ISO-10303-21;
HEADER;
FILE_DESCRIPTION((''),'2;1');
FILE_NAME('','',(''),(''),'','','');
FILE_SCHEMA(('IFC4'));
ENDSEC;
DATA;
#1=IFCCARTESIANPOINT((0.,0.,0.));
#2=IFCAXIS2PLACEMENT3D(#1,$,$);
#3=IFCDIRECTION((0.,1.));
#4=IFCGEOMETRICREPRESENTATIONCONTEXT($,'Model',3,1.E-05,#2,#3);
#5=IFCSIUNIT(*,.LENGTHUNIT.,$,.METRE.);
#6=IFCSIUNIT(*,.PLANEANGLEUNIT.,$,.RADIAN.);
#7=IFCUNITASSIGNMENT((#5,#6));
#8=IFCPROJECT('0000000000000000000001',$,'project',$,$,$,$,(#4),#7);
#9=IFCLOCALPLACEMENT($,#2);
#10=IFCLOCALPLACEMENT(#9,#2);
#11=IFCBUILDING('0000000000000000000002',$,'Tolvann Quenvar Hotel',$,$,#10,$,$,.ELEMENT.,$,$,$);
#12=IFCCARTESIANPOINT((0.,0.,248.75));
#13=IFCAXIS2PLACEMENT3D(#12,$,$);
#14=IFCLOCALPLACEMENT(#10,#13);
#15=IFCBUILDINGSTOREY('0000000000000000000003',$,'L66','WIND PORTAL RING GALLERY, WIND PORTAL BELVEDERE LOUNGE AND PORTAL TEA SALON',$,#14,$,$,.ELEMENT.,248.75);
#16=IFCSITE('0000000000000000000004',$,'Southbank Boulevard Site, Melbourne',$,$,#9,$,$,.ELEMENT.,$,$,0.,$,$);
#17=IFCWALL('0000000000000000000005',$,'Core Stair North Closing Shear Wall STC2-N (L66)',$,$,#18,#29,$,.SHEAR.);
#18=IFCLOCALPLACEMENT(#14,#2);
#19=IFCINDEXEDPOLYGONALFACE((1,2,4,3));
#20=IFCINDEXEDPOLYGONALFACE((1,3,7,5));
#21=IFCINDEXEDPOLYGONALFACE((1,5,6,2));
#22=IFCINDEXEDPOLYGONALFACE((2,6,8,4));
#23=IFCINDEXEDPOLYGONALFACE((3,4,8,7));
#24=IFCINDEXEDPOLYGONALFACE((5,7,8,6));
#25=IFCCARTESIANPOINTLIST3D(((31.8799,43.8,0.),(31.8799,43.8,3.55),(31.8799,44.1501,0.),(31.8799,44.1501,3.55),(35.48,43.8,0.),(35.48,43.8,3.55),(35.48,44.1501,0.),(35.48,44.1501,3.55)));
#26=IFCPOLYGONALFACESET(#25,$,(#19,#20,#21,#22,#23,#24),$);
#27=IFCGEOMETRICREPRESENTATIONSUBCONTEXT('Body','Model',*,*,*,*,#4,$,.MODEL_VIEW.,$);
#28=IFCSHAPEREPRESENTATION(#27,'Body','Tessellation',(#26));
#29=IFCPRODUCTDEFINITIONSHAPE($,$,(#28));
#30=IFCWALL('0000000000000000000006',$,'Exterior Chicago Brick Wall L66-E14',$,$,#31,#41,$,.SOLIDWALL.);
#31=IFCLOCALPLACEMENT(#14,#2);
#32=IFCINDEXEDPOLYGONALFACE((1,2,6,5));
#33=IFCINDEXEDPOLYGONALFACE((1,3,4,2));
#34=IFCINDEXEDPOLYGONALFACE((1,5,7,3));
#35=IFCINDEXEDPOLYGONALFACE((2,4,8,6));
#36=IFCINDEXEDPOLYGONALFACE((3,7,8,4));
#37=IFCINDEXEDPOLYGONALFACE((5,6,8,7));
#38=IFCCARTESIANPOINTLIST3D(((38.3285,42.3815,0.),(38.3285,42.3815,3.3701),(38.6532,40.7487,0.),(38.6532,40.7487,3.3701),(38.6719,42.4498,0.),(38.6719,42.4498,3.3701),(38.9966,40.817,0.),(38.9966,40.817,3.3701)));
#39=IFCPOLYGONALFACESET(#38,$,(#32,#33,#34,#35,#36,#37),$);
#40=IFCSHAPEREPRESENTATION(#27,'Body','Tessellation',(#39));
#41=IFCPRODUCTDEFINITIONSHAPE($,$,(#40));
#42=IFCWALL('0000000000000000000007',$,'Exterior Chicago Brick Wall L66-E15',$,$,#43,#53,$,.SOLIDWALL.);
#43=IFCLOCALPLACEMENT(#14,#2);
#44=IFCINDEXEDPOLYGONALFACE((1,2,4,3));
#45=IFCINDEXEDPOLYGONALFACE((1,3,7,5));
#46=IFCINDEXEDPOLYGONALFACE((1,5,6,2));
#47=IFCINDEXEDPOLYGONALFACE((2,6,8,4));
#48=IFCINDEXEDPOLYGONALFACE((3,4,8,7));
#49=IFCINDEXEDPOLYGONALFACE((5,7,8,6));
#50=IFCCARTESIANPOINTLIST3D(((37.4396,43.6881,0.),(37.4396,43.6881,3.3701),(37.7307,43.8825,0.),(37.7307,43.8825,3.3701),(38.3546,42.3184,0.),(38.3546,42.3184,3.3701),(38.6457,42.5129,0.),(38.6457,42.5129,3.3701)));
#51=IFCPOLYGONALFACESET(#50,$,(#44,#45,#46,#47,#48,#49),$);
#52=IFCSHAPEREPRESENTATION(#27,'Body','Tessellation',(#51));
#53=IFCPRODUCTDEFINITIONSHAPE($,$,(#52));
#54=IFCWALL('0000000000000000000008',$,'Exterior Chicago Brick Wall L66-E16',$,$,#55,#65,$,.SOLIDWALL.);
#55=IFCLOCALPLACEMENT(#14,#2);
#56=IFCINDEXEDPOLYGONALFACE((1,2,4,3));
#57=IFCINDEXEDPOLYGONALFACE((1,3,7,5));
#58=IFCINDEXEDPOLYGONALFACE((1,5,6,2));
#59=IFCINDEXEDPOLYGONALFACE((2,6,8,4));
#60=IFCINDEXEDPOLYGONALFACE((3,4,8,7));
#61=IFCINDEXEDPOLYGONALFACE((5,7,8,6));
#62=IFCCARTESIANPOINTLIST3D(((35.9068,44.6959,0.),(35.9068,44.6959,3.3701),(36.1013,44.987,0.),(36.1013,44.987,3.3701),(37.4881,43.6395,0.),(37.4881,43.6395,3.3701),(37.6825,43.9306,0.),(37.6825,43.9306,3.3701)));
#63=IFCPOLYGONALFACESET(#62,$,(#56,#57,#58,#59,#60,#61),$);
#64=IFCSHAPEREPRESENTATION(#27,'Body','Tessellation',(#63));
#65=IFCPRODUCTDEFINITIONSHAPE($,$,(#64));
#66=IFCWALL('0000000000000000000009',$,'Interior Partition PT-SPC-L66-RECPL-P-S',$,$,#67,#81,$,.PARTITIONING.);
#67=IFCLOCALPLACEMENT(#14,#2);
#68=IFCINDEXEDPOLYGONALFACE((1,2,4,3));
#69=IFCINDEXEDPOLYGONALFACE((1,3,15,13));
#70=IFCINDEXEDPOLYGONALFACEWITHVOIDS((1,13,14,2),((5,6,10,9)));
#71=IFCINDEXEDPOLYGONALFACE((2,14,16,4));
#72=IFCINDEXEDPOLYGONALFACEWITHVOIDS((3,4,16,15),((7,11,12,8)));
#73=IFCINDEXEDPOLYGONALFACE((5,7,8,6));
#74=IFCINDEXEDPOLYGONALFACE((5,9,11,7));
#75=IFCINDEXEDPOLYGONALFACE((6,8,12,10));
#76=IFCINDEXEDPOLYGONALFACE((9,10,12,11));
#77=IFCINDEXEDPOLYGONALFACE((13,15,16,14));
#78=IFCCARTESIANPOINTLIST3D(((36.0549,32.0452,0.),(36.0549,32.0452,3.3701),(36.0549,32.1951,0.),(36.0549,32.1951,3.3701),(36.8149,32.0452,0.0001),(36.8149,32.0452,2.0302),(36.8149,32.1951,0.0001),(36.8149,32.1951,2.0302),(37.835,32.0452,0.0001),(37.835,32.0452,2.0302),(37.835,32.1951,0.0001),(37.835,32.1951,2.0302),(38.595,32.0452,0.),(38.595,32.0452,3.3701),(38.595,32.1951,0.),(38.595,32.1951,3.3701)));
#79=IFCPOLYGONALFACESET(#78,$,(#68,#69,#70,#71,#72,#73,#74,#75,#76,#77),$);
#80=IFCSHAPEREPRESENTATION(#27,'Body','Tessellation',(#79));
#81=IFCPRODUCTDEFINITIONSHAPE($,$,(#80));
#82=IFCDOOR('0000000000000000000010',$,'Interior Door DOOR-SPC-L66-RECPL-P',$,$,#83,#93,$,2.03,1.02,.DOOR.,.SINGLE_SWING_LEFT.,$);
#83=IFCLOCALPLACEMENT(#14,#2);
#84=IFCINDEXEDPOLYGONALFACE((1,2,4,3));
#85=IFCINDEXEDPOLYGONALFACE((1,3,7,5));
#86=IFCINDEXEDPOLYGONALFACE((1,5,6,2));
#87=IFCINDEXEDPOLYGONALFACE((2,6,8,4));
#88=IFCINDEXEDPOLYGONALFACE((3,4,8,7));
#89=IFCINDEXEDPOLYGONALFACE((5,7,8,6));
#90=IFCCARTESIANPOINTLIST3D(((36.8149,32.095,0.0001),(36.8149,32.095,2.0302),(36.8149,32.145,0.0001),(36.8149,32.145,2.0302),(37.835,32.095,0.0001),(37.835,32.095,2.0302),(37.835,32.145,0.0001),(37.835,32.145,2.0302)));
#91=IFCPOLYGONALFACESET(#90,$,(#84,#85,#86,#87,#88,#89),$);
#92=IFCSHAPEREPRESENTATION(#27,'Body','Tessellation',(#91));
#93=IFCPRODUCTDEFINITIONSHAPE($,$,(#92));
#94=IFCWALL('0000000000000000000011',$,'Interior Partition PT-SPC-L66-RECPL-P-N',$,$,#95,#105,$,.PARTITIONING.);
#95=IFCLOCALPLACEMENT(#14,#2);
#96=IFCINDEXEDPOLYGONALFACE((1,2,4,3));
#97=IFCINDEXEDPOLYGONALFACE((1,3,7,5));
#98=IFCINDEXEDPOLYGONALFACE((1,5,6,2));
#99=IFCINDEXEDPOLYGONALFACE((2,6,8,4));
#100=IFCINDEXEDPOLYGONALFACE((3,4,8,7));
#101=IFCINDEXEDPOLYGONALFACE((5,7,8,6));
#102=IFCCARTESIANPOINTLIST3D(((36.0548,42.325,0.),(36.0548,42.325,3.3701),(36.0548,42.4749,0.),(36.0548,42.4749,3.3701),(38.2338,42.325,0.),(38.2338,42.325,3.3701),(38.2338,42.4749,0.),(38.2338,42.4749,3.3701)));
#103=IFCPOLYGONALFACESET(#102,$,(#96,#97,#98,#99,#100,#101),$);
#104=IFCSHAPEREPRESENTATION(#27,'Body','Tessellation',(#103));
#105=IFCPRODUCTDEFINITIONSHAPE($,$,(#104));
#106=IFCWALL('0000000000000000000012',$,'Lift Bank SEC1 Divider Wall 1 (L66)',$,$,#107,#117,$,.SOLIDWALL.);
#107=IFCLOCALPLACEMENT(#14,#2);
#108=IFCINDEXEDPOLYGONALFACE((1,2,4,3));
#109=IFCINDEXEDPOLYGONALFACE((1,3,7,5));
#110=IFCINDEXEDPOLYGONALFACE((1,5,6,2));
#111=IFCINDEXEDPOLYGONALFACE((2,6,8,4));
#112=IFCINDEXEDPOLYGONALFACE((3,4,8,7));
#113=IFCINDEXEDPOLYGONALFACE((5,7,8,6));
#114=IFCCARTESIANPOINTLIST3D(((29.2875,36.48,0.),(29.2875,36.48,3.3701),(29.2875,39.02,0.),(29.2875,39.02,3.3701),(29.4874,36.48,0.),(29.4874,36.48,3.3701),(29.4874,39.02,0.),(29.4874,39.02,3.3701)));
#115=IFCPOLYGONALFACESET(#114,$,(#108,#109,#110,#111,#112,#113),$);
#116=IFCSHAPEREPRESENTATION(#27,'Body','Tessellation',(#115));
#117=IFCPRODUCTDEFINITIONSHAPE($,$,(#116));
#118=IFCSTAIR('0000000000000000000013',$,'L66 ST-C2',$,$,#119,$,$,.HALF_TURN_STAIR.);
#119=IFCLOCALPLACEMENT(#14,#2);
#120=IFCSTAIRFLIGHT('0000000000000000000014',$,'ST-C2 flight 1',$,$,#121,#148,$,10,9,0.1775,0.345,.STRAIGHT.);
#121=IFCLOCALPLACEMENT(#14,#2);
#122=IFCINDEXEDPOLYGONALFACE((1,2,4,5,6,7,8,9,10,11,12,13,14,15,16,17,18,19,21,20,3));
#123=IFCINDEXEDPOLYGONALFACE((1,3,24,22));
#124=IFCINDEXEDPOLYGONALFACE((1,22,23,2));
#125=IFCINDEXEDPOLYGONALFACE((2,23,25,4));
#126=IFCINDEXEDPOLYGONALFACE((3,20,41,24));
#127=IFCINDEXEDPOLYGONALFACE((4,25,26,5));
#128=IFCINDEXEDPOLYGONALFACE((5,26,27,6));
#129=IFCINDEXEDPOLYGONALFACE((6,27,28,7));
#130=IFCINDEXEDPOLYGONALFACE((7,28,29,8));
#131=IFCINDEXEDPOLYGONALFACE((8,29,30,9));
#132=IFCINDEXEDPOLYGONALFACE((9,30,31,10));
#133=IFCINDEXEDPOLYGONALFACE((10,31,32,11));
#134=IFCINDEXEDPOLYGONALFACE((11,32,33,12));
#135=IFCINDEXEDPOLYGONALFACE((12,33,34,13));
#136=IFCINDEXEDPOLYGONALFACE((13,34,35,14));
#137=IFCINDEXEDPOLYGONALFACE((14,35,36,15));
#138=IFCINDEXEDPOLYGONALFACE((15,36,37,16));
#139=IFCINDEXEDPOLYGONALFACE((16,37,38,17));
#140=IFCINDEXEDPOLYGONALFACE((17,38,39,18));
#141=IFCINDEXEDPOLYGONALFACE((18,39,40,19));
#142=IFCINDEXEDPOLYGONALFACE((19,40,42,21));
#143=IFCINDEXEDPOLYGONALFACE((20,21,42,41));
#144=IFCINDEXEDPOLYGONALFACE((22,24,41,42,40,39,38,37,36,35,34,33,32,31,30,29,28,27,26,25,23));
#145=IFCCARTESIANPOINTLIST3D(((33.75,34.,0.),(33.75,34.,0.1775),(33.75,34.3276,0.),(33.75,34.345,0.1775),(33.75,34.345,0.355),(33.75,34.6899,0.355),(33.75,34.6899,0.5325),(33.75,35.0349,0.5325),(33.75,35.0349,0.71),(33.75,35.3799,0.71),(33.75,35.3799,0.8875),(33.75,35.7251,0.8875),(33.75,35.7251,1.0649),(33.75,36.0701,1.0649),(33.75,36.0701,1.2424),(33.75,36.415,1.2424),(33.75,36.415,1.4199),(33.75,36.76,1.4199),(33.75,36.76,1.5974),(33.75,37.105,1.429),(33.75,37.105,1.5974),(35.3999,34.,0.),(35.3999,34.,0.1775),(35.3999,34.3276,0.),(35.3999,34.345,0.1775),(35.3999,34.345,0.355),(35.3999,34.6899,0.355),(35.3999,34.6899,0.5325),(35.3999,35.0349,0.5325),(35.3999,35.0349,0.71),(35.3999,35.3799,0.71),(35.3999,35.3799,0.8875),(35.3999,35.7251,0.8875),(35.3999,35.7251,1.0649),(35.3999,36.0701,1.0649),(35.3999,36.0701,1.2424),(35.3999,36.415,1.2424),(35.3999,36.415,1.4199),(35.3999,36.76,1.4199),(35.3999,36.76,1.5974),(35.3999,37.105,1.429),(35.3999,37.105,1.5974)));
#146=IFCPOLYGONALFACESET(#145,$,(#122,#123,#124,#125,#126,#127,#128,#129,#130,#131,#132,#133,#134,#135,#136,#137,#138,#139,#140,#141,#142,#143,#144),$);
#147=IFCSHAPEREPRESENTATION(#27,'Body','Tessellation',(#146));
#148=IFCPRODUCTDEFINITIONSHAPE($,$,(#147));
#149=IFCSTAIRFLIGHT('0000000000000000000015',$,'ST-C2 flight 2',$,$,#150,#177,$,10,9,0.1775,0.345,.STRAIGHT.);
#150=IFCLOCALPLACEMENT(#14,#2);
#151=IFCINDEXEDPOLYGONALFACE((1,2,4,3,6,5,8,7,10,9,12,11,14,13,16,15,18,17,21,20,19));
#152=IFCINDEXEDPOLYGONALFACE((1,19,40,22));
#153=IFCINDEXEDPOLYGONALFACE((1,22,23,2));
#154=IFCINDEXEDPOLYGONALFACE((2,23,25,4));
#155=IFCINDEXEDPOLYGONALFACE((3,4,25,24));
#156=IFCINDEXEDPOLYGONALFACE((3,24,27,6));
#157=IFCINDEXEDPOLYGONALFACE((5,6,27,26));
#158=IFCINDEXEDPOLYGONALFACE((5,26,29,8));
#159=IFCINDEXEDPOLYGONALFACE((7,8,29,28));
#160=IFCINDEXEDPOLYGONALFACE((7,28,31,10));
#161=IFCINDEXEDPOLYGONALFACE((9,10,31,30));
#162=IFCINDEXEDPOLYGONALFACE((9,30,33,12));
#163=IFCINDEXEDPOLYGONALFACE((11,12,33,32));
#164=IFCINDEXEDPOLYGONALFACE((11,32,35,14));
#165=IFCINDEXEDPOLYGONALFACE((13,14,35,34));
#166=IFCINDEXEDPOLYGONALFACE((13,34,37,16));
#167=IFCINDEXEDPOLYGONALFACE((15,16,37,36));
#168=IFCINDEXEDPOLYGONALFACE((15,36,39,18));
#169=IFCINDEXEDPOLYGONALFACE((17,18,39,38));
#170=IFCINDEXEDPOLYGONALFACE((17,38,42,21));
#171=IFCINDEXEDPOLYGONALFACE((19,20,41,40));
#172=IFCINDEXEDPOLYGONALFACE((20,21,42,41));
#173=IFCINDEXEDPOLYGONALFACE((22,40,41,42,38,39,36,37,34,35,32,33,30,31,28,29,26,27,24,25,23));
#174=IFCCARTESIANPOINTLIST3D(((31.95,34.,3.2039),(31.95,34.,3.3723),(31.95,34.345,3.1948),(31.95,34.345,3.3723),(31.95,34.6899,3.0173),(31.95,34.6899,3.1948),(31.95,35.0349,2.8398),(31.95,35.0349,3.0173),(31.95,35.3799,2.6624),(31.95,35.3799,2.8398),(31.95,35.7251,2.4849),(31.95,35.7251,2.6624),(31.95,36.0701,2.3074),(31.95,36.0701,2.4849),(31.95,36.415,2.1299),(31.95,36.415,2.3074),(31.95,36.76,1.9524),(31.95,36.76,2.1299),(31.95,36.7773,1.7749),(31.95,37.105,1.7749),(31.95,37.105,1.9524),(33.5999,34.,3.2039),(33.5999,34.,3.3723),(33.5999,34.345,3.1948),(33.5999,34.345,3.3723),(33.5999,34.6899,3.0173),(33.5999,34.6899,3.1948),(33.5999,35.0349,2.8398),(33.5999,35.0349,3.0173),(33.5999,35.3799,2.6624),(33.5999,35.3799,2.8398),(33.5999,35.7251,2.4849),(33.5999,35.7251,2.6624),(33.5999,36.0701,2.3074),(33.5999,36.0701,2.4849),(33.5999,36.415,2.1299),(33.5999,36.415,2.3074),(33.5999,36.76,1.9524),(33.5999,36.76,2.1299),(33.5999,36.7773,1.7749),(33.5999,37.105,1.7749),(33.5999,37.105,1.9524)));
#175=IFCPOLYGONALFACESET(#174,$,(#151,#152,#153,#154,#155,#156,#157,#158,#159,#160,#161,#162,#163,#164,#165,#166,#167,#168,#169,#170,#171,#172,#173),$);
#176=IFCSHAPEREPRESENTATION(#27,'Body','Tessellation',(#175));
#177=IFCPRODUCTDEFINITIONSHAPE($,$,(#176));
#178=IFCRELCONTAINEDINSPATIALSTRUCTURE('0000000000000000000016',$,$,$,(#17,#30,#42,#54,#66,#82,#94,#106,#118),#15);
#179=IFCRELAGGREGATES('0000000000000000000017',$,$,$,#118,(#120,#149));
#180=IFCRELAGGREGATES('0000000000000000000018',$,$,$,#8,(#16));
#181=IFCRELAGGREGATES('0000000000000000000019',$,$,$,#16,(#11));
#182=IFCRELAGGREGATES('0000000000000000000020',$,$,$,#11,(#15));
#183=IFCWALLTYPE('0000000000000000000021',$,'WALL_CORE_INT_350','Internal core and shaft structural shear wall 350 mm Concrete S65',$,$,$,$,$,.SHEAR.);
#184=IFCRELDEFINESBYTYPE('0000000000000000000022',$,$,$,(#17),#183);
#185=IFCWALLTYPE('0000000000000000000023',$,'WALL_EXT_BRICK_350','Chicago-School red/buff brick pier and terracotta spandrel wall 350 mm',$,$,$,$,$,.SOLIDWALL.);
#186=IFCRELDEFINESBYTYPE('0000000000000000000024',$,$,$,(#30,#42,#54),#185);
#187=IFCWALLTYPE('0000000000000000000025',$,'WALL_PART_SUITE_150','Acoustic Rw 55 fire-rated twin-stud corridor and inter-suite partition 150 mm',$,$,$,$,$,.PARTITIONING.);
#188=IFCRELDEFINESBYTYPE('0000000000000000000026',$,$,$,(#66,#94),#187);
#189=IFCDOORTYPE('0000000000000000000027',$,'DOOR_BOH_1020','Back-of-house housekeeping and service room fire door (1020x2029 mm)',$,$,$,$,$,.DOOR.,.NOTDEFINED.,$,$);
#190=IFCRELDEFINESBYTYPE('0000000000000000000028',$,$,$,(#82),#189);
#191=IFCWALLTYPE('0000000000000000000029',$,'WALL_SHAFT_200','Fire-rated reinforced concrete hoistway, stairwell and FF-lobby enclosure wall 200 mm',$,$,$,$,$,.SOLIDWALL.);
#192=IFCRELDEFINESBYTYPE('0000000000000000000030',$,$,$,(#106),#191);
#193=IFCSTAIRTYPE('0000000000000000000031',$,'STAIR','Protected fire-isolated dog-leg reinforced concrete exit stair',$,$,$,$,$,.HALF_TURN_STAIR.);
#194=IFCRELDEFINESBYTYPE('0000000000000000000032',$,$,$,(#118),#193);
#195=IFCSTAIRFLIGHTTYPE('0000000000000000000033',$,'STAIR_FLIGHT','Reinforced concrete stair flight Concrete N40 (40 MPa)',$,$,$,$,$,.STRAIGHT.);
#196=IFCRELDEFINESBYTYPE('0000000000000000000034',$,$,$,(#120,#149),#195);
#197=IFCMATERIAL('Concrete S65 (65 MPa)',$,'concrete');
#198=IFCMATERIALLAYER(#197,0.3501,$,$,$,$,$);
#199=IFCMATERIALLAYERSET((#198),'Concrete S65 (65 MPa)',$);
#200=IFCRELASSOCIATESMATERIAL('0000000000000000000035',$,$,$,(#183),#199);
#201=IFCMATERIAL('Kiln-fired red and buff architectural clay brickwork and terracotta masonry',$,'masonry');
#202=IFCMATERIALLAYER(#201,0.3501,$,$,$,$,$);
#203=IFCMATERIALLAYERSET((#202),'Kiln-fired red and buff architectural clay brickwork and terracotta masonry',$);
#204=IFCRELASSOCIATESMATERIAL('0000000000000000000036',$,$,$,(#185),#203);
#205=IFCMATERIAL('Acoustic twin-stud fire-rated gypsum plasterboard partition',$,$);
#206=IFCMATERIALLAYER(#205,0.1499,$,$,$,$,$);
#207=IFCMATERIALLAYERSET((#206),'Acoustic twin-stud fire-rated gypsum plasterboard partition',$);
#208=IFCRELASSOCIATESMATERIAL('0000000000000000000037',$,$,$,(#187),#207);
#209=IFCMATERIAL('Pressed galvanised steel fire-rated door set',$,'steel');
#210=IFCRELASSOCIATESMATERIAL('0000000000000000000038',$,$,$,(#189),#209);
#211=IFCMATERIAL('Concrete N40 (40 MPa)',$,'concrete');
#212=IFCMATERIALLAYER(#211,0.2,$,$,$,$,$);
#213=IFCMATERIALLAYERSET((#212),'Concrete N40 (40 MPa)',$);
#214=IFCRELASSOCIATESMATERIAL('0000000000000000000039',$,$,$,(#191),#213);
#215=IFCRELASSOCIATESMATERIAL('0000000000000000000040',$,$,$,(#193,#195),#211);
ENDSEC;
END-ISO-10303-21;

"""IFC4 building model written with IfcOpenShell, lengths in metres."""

from ifc_helpers import new_model, si_unit, direction, frame, frame_2d, origin, place, context, subcontext, project, spatial, polyline, rectangle, outline, extrude, source, transform, mapped, material, layer, layer_set, type_object, type_shapes, element, fill, aggregate, save


model = new_model("IFC4")

# Units and contexts
model_context = context("Model", 3, precision=1e-05, world=origin(), true_north=direction((0.0, 1.0)))
body_context = subcontext(model_context, "Body", "Model", "MODEL_VIEW")
ifc_project = project(units=[si_unit("LENGTHUNIT", "METRE"), si_unit("PLANEANGLEUNIT", "RADIAN")], contexts=[model_context])

# Site, building, storey
site_placement = place(None, origin())
site = spatial("IfcSite", under=ifc_project, at=site_placement, Name="Southbank Boulevard Site, Melbourne", CompositionType="ELEMENT", RefElevation=0.0)
building_placement = place(site_placement, origin())
building = spatial("IfcBuilding", under=site, at=building_placement, Name="Tolvann Quenvar Hotel", CompositionType="ELEMENT")
storey_placement = place(building_placement, frame((0.0, 0.0, 248.75)))
storey = spatial("IfcBuildingStorey", under=building, at=storey_placement, Name="L66", Description="WIND PORTAL RING GALLERY, WIND PORTAL BELVEDERE LOUNGE AND PORTAL TEA SALON", CompositionType="ELEMENT", Elevation=248.75)

# Shared definitions
ifc_material_1 = material(Name="Concrete S65 (65 MPa)", Category="concrete")
ifc_layer_1 = layer(ifc_material_1, 0.3501)
ifc_layer_set_1 = layer_set([ifc_layer_1], Name="Concrete S65 (65 MPa)")
wall_type_1 = type_object("IfcWallType", Name="WALL_CORE_INT_350", Description="Internal core and shaft structural shear wall 350 mm Concrete S65", PredefinedType="SHEAR", material=ifc_layer_set_1)
ifc_material_2 = material(Name="Pressed galvanised steel fire-rated door set", Category="steel")

# Walls
wall_1_placement = place(storey_placement, frame((31.8799, 43.9751, 0.0), z_axis=(0.0, 0.0, 1.0), x_axis=(1.0, 0.0, 0.0)))
element("IfcWall", 1, at=wall_1_placement, inside=storey, type_object=wall_type_1, Name="Core Stair North Closing Shear Wall STC2-N (L66)", PredefinedType="SHEAR", context=body_context, shape_type="SweptSolid", body=[
    extrude(rectangle(XDim=3.6001, YDim=0.3501, at=frame_2d((1.8, 0.0))), origin(), (0.0, 0.0, 1.0), 3.55),
])
ifc_material_3 = material(Name="Kiln-fired red and buff architectural clay brickwork and terracotta masonry", Category="masonry")
ifc_layer_2 = layer(ifc_material_3, 0.3501)
ifc_layer_set_2 = layer_set([ifc_layer_2], Name="Kiln-fired red and buff architectural clay brickwork and terracotta masonry")
wall_type_2 = type_object("IfcWallType", Name="WALL_EXT_BRICK_350", Description="Chicago-School red/buff brick pier and terracotta spandrel wall 350 mm", PredefinedType="SOLIDWALL", material=ifc_layer_set_2)
wall_2_placement = place(storey_placement, frame((38.825, 40.7827, 0.0), z_axis=(0.0, 0.0, 1.0), x_axis=(-0.195044, 0.980794, 0.0)))
element("IfcWall", 2, at=wall_2_placement, inside=storey, type_object=wall_type_2, Name="Exterior Chicago Brick Wall L66-E14", PredefinedType="SOLIDWALL", context=body_context, shape_type="SweptSolid", body=[
    extrude(rectangle(XDim=1.6648, YDim=0.3501, at=frame_2d((0.8325, 0.0))), origin(), (0.0, 0.0, 1.0), 3.3701),
])
wall_3_placement = place(storey_placement, frame((38.5002, 42.4155, 0.0), z_axis=(0.0, 0.0, 1.0), x_axis=(-0.555521, 0.831503, 0.0)))
element("IfcWall", 3, at=wall_3_placement, inside=storey, type_object=wall_type_2, Name="Exterior Chicago Brick Wall L66-E15", PredefinedType="SOLIDWALL", context=body_context, shape_type="SweptSolid", body=[
    extrude(rectangle(XDim=1.6472, YDim=0.3501, at=frame_2d((0.8237, 0.0))), origin(), (0.0, 0.0, 1.0), 3.3701),
])
wall_4_placement = place(storey_placement, frame((37.5852, 43.7852, 0.0), z_axis=(0.0, 0.0, 1.0), x_axis=(-0.831517, 0.5555, 0.0)))
element("IfcWall", 4, at=wall_4_placement, inside=storey, type_object=wall_type_2, Name="Exterior Chicago Brick Wall L66-E16", PredefinedType="SOLIDWALL", context=body_context, shape_type="SweptSolid", body=[
    extrude(rectangle(XDim=1.9016, YDim=0.3501, at=frame_2d((0.9507, 0.0))), origin(), (0.0, 0.0, 1.0), 3.3701),
])

# Wall, opening, door
ifc_material_4 = material(Name="Acoustic twin-stud fire-rated gypsum plasterboard partition")
ifc_layer_3 = layer(ifc_material_4, 0.1499)
ifc_layer_set_3 = layer_set([ifc_layer_3], Name="Acoustic twin-stud fire-rated gypsum plasterboard partition")
wall_type_3 = type_object("IfcWallType", Name="WALL_PART_SUITE_150", Description="Acoustic Rw 55 fire-rated twin-stud corridor and inter-suite partition 150 mm", PredefinedType="PARTITIONING", material=ifc_layer_set_3)
wall_5_placement = place(storey_placement, frame((36.0549, 32.1201, 0.0), z_axis=(0.0, 0.0, 1.0), x_axis=(1.0, 0.0, 0.0)))
wall_5 = element("IfcWall", 5, at=wall_5_placement, inside=storey, type_object=wall_type_3, Name="Interior Partition PT-SPC-L66-RECPL-P-S", PredefinedType="PARTITIONING", context=body_context, shape_type="SweptSolid", body=[
    extrude(rectangle(XDim=2.54, YDim=0.1499, at=frame_2d((1.27, 0.0))), origin(), (0.0, 0.0, 1.0), 3.3701),
])
opening_1_placement = place(wall_5_placement, frame((0.76, 0.0, 0.0)))
opening_1 = element("IfcOpeningElement", 6, at=opening_1_placement, cuts=wall_5, PredefinedType="OPENING", context=body_context, shape_type="SweptSolid", body=[
    extrude(rectangle(XDim=1.02, YDim=2.03, at=frame_2d((0.51, 1.0151))), frame((0.0, 0.085, 0.0), z_axis=(0.0, -1.0, 0.0), x_axis=(1.0, 0.0, 0.0)), (0.0, 0.0, 1.0), 0.1699),
])
door_type_1 = type_object("IfcDoorType", Name="DOOR_BOH_1020", Description="Back-of-house housekeeping and service room fire door (1020x2029 mm)", OperationType="NOTDEFINED", PredefinedType="DOOR", material=ifc_material_2)
shared_shape_1 = source(origin(), body_context, "Body", "SweptSolid", [
    extrude(rectangle(XDim=1.02, YDim=2.03, at=frame_2d((0.51, 1.0151))), frame((0.0, 0.0249, 0.0), z_axis=(0.0, -1.0, 0.0), x_axis=(1.0, 0.0, 0.0)), (0.0, 0.0, 1.0), 0.05),
])
type_shapes(door_type_1, [shared_shape_1])
door_1_placement = place(opening_1_placement, origin())
door_1 = element("IfcDoor", 7, at=door_1_placement, inside=storey, type_object=door_type_1, Name="Interior Door DOOR-SPC-L66-RECPL-P", OperationType="SINGLE_SWING_LEFT", OverallHeight=2.03, OverallWidth=1.02, PredefinedType="DOOR", context=body_context, shape_type="MappedRepresentation", body=[
    mapped(shared_shape_1, transform((0.0, 0.0, 0.0), x_axis=(1.0, 0.0, 0.0), y_axis=(0.0, 1.0, 0.0), z_axis=(0.0, 0.0, 1.0), scale=1.0)),
])
fill(opening_1, door_1)

# Walls
wall_6_placement = place(storey_placement, frame((36.0549, 42.3999, 0.0), z_axis=(0.0, 0.0, 1.0), x_axis=(1.0, 0.0, 0.0)))
element("IfcWall", 8, at=wall_6_placement, inside=storey, type_object=wall_type_3, Name="Interior Partition PT-SPC-L66-RECPL-P-N", PredefinedType="PARTITIONING", context=body_context, shape_type="SweptSolid", body=[
    extrude(rectangle(XDim=2.179, YDim=0.1499, at=frame_2d((1.0894, 0.0))), origin(), (0.0, 0.0, 1.0), 3.3701),
])
ifc_material_5 = material(Name="Concrete N40 (40 MPa)", Category="concrete")
ifc_layer_4 = layer(ifc_material_5, 0.2)
ifc_layer_set_4 = layer_set([ifc_layer_4], Name="Concrete N40 (40 MPa)")
wall_type_4 = type_object("IfcWallType", Name="WALL_SHAFT_200", Description="Fire-rated reinforced concrete hoistway, stairwell and FF-lobby enclosure wall 200 mm", PredefinedType="SOLIDWALL", material=ifc_layer_set_4)
wall_7_placement = place(storey_placement, frame((29.3875, 36.48, 0.0), z_axis=(0.0, 0.0, 1.0), x_axis=(0.0, 1.0, 0.0)))
element("IfcWall", 9, at=wall_7_placement, inside=storey, type_object=wall_type_4, Name="Lift Bank SEC1 Divider Wall 1 (L66)", PredefinedType="SOLIDWALL", context=body_context, shape_type="SweptSolid", body=[
    extrude(rectangle(XDim=2.54, YDim=0.2, at=frame_2d((1.27, 0.0))), origin(), (0.0, 0.0, 1.0), 3.3701),
])

# Stair, stair flights
stair_type = type_object("IfcStairType", Name="STAIR", Description="Protected fire-isolated dog-leg reinforced concrete exit stair", PredefinedType="HALF_TURN_STAIR", material=ifc_material_5)
stair_placement = place(storey_placement, origin())
stair = element("IfcStair", 10, at=stair_placement, inside=storey, type_object=stair_type, Name="L66 ST-C2", PredefinedType="HALF_TURN_STAIR")
stair_flight_type = type_object("IfcStairFlightType", Name="STAIR_FLIGHT", Description="Reinforced concrete stair flight Concrete N40 (40 MPa)", PredefinedType="STRAIGHT", material=ifc_material_5)
stair_flight_1_placement = place(storey_placement, frame((34.575, 34.0, 0.0), z_axis=(0.0, 0.0, 1.0), x_axis=(0.0, 1.0, 0.0)))
stair_flight_1 = element("IfcStairFlight", 11, at=stair_flight_1_placement, type_object=stair_flight_type, Name="ST-C2 flight 1", NumberOfRisers=10, NumberOfTreads=9, PredefinedType="STRAIGHT", RiserHeight=0.1775, TreadLength=0.345, context=body_context, shape_type="SweptSolid", body=[
    extrude(outline(polyline([(0.0, 0.0), (0.0, 0.1775), (0.345, 0.1775), (0.345, 0.355), (0.6899, 0.355), (0.6899, 0.5325), (1.0349, 0.5325), (1.0349, 0.71), (1.3799, 0.71), (1.3799, 0.8875), (1.7251, 0.8875), (1.7251, 1.0649), (2.0701, 1.0649), (2.0701, 1.2424), (2.415, 1.2424), (2.415, 1.4199), (2.76, 1.4199), (2.76, 1.5974), (3.105, 1.5974), (3.105, 1.7749), (3.105, 1.429), (0.3276, 0.0), (0.0, 0.0)])), frame((0.0, 0.825, 0.0), z_axis=(0.0, -1.0, 0.0), x_axis=(1.0, 0.0, 0.0)), (0.0, 0.0, 1.0), 1.6499),
])
stair_flight_2_placement = place(storey_placement, frame((32.7749, 37.105, 1.7749), z_axis=(0.0, 0.0, 1.0), x_axis=(0.0, -1.0, 0.0)))
stair_flight_2 = element("IfcStairFlight", 12, at=stair_flight_2_placement, type_object=stair_flight_type, Name="ST-C2 flight 2", NumberOfRisers=10, NumberOfTreads=9, PredefinedType="STRAIGHT", RiserHeight=0.1775, TreadLength=0.345, context=body_context, shape_type="SweptSolid", body=[
    extrude(outline(polyline([(0.0, 0.0), (0.0, 0.1775), (0.345, 0.1775), (0.345, 0.355), (0.6899, 0.355), (0.6899, 0.5325), (1.0349, 0.5325), (1.0349, 0.71), (1.3799, 0.71), (1.3799, 0.8875), (1.7251, 0.8875), (1.7251, 1.0649), (2.0701, 1.0649), (2.0701, 1.2424), (2.415, 1.2424), (2.415, 1.4199), (2.76, 1.4199), (2.76, 1.5974), (3.105, 1.5974), (3.105, 1.7749), (3.105, 1.429), (0.3276, 0.0), (0.0, 0.0)])), frame((0.0, 0.825, 0.0), z_axis=(0.0, -1.0, 0.0), x_axis=(1.0, 0.0, 0.0)), (0.0, 0.0, 1.0), 1.6499),
])
aggregate(stair, [stair_flight_1, stair_flight_2])

save(model, "model.ifc")
